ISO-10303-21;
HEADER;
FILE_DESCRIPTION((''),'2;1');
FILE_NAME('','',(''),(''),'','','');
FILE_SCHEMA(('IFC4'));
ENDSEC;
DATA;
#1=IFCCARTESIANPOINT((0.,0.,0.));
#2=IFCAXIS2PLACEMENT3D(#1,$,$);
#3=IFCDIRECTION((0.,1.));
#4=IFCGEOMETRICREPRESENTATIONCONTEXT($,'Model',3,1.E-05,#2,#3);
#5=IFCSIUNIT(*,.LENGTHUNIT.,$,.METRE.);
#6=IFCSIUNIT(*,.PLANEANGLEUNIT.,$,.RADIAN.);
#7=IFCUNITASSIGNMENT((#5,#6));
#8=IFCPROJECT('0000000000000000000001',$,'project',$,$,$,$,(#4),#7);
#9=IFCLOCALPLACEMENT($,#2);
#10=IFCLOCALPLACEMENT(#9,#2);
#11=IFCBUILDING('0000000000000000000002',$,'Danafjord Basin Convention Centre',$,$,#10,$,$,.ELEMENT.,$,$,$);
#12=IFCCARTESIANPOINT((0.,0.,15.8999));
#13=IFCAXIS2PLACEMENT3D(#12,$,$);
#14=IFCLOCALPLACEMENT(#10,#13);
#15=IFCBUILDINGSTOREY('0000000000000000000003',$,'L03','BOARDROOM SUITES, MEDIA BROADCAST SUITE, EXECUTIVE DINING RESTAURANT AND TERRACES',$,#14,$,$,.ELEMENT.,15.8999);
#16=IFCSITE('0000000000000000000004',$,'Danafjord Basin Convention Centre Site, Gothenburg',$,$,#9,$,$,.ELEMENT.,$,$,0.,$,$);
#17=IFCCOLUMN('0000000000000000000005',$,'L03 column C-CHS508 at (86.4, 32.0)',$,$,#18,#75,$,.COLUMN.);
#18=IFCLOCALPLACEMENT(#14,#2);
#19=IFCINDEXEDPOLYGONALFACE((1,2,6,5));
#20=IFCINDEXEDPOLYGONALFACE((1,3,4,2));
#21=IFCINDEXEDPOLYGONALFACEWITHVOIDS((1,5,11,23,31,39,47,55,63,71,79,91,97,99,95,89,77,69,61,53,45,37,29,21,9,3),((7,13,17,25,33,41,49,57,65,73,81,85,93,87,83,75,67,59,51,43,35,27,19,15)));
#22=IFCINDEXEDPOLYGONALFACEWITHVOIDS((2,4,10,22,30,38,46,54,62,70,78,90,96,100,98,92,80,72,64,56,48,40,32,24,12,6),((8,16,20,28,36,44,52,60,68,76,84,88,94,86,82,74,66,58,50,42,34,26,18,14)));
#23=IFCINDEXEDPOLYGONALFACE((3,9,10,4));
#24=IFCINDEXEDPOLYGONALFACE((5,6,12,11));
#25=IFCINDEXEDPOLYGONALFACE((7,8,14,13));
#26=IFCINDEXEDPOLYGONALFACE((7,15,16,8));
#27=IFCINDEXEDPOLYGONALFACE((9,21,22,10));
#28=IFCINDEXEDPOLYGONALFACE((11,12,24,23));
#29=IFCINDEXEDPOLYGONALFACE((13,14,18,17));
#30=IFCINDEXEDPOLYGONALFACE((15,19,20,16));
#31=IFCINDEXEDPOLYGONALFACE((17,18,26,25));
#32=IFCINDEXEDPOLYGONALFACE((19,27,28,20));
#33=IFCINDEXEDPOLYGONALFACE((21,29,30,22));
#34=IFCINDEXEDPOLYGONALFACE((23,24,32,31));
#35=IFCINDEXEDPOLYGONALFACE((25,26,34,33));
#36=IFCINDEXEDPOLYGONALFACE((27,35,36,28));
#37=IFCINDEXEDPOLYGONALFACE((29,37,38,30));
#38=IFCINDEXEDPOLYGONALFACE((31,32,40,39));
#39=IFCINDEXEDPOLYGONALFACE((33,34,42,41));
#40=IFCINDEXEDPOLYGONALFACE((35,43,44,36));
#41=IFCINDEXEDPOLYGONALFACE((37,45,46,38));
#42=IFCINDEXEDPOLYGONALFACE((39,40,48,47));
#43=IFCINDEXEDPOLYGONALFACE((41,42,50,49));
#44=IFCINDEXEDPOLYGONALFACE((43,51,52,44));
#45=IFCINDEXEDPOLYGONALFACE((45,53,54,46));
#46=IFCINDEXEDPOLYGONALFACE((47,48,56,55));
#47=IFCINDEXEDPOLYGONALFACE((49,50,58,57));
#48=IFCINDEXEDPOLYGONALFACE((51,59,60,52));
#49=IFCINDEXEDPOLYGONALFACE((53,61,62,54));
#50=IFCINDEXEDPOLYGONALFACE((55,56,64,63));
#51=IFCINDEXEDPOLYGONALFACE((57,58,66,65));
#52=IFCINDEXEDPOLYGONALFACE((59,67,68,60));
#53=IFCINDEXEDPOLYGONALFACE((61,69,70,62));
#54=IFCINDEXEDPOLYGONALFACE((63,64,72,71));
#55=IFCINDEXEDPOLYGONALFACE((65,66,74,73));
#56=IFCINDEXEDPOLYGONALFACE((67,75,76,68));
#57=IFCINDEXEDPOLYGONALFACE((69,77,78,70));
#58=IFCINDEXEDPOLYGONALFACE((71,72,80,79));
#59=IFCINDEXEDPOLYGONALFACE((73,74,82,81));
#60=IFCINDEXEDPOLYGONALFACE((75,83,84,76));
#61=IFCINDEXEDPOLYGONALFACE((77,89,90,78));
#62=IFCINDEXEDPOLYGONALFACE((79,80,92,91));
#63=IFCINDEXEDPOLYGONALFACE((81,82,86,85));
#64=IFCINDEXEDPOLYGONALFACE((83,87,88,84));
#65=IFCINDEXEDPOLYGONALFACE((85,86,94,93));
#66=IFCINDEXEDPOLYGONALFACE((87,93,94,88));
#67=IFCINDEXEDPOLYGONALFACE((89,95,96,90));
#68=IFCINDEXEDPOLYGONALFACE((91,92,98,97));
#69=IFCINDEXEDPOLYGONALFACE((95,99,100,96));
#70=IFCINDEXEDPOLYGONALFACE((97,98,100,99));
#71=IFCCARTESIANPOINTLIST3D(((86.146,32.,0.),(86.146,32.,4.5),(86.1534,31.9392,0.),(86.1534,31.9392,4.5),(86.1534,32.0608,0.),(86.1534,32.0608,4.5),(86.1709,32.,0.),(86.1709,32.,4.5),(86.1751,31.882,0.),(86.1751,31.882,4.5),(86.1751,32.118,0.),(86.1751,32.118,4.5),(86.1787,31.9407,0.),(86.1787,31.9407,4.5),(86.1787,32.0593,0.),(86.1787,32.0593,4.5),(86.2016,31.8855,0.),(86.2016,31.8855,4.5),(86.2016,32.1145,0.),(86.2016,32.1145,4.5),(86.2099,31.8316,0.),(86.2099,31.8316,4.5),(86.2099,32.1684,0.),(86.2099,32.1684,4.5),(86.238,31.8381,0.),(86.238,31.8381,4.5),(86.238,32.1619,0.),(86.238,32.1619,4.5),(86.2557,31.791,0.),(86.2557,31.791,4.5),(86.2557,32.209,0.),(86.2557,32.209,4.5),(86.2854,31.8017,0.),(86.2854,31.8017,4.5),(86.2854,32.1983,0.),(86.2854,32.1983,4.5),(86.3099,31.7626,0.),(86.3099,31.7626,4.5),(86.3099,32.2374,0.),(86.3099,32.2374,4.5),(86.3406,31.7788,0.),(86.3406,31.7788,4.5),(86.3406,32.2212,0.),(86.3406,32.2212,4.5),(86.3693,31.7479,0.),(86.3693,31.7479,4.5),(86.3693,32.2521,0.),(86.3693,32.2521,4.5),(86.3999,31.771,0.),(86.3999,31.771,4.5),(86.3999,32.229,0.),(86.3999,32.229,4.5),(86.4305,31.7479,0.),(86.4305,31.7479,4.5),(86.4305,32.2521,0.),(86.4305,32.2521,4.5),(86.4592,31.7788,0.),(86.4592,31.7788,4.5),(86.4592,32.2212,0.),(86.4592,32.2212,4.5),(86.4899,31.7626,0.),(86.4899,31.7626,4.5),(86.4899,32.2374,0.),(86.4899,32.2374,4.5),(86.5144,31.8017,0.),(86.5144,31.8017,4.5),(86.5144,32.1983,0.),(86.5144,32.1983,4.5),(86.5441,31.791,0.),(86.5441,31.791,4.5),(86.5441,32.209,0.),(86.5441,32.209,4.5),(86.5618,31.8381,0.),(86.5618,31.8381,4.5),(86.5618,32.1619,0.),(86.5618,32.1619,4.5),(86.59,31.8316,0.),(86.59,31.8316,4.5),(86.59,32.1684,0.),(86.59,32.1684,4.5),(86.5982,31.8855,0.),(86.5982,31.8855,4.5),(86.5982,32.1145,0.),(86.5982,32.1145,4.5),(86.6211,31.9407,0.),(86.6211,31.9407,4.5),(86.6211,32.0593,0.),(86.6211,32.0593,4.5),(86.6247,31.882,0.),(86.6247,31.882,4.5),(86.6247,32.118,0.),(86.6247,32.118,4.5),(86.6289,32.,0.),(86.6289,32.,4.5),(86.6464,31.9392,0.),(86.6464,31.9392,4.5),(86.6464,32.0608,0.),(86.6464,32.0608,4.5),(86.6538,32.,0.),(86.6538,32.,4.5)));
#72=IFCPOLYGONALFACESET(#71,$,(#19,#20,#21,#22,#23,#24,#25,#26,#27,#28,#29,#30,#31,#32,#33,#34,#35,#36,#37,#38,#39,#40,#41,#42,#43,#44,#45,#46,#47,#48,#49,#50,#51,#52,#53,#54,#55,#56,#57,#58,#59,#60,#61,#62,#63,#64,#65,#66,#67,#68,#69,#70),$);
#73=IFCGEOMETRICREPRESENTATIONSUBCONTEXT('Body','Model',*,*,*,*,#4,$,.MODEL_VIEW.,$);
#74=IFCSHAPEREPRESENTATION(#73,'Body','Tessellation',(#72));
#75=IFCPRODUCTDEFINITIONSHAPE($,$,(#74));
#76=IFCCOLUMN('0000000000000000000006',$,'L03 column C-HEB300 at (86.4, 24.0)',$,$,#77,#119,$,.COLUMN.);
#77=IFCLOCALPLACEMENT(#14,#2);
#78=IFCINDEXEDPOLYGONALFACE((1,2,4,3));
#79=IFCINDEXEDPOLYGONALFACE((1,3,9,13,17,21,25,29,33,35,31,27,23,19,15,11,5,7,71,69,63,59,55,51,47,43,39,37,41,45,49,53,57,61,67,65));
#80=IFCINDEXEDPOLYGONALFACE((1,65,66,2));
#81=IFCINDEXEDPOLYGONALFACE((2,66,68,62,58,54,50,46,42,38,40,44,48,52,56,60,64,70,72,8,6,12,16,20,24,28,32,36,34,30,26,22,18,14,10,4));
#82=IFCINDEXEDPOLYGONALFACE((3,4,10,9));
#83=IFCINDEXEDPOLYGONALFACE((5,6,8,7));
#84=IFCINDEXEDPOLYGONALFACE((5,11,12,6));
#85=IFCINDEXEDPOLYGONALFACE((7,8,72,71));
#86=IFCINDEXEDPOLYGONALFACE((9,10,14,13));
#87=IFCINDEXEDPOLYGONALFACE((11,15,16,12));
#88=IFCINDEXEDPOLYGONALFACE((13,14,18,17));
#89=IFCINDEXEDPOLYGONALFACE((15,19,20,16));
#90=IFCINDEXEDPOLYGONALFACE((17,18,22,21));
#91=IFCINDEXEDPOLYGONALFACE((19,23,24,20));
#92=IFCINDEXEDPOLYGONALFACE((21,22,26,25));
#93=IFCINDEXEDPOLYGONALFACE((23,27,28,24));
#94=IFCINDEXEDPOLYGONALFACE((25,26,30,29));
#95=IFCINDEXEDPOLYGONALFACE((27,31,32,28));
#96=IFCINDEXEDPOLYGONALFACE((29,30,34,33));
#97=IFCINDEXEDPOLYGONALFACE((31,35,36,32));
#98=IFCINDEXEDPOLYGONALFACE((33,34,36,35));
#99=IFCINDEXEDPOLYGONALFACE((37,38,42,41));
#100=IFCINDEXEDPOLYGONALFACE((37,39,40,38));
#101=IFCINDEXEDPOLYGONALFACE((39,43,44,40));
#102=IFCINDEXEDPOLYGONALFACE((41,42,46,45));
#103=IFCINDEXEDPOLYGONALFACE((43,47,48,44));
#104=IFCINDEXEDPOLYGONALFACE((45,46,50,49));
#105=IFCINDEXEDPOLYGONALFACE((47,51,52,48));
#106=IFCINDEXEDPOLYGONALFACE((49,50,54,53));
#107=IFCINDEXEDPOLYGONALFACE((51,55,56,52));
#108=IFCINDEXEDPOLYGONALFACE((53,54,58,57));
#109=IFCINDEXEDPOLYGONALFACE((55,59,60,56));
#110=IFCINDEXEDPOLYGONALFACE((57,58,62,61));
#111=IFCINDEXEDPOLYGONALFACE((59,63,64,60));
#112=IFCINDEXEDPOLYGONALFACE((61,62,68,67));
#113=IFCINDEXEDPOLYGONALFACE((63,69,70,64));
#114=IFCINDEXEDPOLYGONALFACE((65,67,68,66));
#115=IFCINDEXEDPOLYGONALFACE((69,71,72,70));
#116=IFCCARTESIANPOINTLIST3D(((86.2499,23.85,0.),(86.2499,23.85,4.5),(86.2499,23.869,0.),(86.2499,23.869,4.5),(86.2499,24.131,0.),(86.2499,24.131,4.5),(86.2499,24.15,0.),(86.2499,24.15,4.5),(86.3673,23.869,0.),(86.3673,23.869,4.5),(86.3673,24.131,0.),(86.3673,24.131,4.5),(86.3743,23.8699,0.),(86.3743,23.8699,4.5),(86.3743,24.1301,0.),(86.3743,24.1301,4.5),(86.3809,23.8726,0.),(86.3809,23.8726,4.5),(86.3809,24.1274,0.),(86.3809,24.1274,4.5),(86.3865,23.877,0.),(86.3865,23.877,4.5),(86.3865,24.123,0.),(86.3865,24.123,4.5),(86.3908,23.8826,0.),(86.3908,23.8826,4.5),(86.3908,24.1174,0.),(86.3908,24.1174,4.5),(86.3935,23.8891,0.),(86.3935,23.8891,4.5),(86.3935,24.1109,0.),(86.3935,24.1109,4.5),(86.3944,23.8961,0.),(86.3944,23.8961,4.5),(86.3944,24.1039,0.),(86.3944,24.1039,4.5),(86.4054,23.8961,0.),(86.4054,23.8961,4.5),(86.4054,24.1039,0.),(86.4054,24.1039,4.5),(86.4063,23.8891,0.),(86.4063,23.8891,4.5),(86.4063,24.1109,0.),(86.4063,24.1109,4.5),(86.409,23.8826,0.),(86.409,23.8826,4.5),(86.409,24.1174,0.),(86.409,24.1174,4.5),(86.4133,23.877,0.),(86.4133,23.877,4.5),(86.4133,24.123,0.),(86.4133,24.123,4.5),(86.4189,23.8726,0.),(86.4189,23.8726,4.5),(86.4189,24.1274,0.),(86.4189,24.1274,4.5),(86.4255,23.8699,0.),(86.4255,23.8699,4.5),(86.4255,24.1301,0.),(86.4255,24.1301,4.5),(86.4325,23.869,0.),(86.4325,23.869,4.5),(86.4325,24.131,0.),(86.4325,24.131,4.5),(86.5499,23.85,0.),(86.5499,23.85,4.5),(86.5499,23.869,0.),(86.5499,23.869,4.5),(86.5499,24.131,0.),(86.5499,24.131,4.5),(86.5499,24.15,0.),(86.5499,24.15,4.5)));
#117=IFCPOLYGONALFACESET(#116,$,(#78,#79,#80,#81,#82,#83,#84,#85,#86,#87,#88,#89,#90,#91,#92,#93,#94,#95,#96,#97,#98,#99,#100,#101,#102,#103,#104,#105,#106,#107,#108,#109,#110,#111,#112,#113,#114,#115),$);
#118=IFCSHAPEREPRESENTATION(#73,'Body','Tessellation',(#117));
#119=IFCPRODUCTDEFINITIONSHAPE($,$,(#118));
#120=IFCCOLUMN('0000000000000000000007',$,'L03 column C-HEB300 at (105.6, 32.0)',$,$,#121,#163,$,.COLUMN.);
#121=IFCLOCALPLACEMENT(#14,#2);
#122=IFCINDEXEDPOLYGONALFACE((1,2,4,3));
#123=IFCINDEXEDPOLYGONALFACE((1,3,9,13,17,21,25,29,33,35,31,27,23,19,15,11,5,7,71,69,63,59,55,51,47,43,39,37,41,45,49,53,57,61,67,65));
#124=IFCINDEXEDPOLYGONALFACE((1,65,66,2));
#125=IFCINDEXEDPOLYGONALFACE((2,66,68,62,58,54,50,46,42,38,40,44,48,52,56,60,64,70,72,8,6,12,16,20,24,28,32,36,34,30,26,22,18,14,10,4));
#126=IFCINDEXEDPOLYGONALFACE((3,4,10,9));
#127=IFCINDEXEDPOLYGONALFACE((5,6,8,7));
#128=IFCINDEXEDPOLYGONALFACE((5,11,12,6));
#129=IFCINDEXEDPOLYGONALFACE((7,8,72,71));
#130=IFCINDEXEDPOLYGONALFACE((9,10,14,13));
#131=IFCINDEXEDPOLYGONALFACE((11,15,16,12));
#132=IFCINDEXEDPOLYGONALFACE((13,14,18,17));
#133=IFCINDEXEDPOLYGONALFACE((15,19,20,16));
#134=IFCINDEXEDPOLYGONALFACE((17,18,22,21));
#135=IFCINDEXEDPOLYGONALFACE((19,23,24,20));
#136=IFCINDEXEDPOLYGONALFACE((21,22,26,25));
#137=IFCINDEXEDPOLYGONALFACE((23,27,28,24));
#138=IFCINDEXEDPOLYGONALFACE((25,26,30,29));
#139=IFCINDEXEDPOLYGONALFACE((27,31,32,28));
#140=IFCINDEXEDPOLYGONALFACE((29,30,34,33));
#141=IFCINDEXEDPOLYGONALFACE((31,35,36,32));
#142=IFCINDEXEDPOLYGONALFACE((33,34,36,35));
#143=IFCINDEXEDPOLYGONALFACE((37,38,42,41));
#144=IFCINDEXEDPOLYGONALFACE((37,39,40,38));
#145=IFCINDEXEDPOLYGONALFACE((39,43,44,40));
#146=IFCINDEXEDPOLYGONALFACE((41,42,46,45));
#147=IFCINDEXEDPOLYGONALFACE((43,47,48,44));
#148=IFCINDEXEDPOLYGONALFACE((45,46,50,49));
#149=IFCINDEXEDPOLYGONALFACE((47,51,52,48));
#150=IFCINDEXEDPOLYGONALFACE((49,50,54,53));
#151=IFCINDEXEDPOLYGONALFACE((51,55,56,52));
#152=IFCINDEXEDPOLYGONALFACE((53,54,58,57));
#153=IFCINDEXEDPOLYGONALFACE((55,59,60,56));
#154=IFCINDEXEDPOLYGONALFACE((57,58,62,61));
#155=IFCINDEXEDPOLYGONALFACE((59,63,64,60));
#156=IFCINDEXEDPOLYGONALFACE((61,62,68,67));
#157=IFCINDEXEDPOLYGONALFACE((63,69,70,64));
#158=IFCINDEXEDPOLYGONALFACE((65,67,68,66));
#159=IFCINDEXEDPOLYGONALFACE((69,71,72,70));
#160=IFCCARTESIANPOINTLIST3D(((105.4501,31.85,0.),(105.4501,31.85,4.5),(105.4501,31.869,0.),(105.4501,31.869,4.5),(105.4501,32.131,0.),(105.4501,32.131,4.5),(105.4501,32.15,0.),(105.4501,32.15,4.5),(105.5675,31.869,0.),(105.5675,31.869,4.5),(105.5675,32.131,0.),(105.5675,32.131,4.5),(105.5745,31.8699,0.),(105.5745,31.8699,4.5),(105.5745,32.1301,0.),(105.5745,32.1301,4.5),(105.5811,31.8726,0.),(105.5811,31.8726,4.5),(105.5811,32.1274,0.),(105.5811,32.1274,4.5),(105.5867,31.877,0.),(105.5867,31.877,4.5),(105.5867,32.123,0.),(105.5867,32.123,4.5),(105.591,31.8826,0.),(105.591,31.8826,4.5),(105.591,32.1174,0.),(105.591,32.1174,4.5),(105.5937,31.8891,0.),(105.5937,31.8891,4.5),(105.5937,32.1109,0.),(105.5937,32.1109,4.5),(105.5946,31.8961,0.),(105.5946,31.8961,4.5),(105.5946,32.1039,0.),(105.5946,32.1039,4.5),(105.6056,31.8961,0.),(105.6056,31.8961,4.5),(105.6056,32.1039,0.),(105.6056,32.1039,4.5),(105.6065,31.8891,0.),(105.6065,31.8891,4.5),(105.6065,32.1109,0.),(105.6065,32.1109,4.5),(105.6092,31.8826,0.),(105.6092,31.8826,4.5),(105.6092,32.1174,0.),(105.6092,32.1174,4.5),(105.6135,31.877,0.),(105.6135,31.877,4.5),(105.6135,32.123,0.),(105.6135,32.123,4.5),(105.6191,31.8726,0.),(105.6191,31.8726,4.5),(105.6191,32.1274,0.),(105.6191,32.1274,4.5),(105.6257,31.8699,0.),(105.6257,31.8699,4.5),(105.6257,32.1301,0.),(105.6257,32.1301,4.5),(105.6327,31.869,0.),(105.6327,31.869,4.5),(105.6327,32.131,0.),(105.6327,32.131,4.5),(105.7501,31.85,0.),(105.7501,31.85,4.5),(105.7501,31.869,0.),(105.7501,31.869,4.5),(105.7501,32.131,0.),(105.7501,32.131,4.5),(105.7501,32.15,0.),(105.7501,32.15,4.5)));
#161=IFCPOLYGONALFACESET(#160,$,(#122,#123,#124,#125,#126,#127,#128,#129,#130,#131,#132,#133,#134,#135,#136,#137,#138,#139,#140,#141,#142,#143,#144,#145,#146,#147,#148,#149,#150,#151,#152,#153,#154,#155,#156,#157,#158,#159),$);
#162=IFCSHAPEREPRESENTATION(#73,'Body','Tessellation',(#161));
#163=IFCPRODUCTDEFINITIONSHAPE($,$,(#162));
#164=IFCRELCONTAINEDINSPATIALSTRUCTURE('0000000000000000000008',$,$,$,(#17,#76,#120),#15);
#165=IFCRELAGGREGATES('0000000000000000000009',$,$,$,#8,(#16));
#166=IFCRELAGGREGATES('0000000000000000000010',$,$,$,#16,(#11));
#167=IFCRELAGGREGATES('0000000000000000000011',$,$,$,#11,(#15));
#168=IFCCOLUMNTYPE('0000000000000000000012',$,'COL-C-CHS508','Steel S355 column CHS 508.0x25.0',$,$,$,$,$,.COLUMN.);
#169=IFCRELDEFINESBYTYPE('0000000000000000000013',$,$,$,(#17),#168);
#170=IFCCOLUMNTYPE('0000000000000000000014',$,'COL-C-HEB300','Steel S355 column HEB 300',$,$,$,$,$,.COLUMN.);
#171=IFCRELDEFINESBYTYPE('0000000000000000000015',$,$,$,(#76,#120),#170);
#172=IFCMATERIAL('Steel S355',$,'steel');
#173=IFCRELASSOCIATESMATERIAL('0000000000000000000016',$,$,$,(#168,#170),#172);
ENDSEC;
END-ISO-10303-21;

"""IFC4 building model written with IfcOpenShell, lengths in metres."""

from ifc_helpers import new_model, si_unit, direction, frame, origin, origin_2d, place, context, subcontext, project, spatial, hollow_circle, i_section, extrude, material, material_profile, profile_set, type_object, element, save


model = new_model("IFC4")

# Units and contexts
model_context = context("Model", 3, precision=1e-05, world=origin(), true_north=direction((0.0, 1.0)))
body_context = subcontext(model_context, "Body", "Model", "MODEL_VIEW")
ifc_project = project(units=[si_unit("LENGTHUNIT", "METRE"), si_unit("PLANEANGLEUNIT", "RADIAN")], contexts=[model_context])

# Site, building, storey
site_placement = place(None, origin())
site = spatial("IfcSite", under=ifc_project, at=site_placement, Name="Danafjord Basin Convention Centre Site, Gothenburg", CompositionType="ELEMENT", RefElevation=0.0)
building_placement = place(site_placement, origin())
building = spatial("IfcBuilding", under=site, at=building_placement, Name="Danafjord Basin Convention Centre", CompositionType="ELEMENT")
storey_placement = place(building_placement, frame((0.0, 0.0, 15.8999)))
storey = spatial("IfcBuildingStorey", under=building, at=storey_placement, Name="L03", Description="BOARDROOM SUITES, MEDIA BROADCAST SUITE, EXECUTIVE DINING RESTAURANT AND TERRACES", CompositionType="ELEMENT", Elevation=15.8999)

# Columns
ifc_material_1 = material(Name="Steel S355", Category="steel")
ifc_material_profile_1 = material_profile(ifc_material_1, hollow_circle(Radius=0.2539, WallThickness=0.0249, at=origin_2d()), Name="CHS 508.0x25.0")
ifc_profile_set_1 = profile_set([ifc_material_profile_1], Name="Steel S355")
column_type_1 = type_object("IfcColumnType", Name="COL-C-CHS508", Description="Steel S355 column CHS 508.0x25.0", PredefinedType="COLUMN", material=ifc_profile_set_1)
column_1_placement = place(storey_placement, frame((86.3999, 32.0, 0.0), z_axis=(0.0, 0.0, 1.0), x_axis=(1.0, 0.0, 0.0)))
element("IfcColumn", 1, at=column_1_placement, inside=storey, type_object=column_type_1, Name="L03 column C-CHS508 at (86.4, 32.0)", PredefinedType="COLUMN", context=body_context, shape_type="SweptSolid", body=[
    extrude(hollow_circle(Radius=0.2539, WallThickness=0.0249, at=origin_2d()), origin(), (0.0, 0.0, 1.0), 4.5),
])
ifc_material_profile_2 = material_profile(ifc_material_1, i_section(OverallWidth=0.3, OverallDepth=0.3, WebThickness=0.011, FlangeThickness=0.019, FilletRadius=0.0271, at=origin_2d()), Name="HEB 300")
ifc_profile_set_2 = profile_set([ifc_material_profile_2], Name="Steel S355")
column_type_2 = type_object("IfcColumnType", Name="COL-C-HEB300", Description="Steel S355 column HEB 300", PredefinedType="COLUMN", material=ifc_profile_set_2)
for number, where, z_axis, x_axis, name in (
    (2, (86.3999, 24.0, 0.0), (0.0, 0.0, 1.0), (1.0, 0.0, 0.0), "L03 column C-HEB300 at (86.4, 24.0)"),
    (3, (105.6001, 32.0, 0.0), (0.0, 0.0, 1.0), (1.0, 0.0, 0.0), "L03 column C-HEB300 at (105.6, 32.0)"),
):
    element("IfcColumn", number, at=place(storey_placement, frame(where, z_axis=z_axis, x_axis=x_axis)), inside=storey, type_object=column_type_2, Name=name, PredefinedType="COLUMN", context=body_context, shape_type="SweptSolid", body=[
        extrude(i_section(OverallWidth=0.3, OverallDepth=0.3, WebThickness=0.011, FlangeThickness=0.019, FilletRadius=0.0271, at=origin_2d()), origin(), (0.0, 0.0, 1.0), 4.5),
    ])

save(model, "model.ifc")
